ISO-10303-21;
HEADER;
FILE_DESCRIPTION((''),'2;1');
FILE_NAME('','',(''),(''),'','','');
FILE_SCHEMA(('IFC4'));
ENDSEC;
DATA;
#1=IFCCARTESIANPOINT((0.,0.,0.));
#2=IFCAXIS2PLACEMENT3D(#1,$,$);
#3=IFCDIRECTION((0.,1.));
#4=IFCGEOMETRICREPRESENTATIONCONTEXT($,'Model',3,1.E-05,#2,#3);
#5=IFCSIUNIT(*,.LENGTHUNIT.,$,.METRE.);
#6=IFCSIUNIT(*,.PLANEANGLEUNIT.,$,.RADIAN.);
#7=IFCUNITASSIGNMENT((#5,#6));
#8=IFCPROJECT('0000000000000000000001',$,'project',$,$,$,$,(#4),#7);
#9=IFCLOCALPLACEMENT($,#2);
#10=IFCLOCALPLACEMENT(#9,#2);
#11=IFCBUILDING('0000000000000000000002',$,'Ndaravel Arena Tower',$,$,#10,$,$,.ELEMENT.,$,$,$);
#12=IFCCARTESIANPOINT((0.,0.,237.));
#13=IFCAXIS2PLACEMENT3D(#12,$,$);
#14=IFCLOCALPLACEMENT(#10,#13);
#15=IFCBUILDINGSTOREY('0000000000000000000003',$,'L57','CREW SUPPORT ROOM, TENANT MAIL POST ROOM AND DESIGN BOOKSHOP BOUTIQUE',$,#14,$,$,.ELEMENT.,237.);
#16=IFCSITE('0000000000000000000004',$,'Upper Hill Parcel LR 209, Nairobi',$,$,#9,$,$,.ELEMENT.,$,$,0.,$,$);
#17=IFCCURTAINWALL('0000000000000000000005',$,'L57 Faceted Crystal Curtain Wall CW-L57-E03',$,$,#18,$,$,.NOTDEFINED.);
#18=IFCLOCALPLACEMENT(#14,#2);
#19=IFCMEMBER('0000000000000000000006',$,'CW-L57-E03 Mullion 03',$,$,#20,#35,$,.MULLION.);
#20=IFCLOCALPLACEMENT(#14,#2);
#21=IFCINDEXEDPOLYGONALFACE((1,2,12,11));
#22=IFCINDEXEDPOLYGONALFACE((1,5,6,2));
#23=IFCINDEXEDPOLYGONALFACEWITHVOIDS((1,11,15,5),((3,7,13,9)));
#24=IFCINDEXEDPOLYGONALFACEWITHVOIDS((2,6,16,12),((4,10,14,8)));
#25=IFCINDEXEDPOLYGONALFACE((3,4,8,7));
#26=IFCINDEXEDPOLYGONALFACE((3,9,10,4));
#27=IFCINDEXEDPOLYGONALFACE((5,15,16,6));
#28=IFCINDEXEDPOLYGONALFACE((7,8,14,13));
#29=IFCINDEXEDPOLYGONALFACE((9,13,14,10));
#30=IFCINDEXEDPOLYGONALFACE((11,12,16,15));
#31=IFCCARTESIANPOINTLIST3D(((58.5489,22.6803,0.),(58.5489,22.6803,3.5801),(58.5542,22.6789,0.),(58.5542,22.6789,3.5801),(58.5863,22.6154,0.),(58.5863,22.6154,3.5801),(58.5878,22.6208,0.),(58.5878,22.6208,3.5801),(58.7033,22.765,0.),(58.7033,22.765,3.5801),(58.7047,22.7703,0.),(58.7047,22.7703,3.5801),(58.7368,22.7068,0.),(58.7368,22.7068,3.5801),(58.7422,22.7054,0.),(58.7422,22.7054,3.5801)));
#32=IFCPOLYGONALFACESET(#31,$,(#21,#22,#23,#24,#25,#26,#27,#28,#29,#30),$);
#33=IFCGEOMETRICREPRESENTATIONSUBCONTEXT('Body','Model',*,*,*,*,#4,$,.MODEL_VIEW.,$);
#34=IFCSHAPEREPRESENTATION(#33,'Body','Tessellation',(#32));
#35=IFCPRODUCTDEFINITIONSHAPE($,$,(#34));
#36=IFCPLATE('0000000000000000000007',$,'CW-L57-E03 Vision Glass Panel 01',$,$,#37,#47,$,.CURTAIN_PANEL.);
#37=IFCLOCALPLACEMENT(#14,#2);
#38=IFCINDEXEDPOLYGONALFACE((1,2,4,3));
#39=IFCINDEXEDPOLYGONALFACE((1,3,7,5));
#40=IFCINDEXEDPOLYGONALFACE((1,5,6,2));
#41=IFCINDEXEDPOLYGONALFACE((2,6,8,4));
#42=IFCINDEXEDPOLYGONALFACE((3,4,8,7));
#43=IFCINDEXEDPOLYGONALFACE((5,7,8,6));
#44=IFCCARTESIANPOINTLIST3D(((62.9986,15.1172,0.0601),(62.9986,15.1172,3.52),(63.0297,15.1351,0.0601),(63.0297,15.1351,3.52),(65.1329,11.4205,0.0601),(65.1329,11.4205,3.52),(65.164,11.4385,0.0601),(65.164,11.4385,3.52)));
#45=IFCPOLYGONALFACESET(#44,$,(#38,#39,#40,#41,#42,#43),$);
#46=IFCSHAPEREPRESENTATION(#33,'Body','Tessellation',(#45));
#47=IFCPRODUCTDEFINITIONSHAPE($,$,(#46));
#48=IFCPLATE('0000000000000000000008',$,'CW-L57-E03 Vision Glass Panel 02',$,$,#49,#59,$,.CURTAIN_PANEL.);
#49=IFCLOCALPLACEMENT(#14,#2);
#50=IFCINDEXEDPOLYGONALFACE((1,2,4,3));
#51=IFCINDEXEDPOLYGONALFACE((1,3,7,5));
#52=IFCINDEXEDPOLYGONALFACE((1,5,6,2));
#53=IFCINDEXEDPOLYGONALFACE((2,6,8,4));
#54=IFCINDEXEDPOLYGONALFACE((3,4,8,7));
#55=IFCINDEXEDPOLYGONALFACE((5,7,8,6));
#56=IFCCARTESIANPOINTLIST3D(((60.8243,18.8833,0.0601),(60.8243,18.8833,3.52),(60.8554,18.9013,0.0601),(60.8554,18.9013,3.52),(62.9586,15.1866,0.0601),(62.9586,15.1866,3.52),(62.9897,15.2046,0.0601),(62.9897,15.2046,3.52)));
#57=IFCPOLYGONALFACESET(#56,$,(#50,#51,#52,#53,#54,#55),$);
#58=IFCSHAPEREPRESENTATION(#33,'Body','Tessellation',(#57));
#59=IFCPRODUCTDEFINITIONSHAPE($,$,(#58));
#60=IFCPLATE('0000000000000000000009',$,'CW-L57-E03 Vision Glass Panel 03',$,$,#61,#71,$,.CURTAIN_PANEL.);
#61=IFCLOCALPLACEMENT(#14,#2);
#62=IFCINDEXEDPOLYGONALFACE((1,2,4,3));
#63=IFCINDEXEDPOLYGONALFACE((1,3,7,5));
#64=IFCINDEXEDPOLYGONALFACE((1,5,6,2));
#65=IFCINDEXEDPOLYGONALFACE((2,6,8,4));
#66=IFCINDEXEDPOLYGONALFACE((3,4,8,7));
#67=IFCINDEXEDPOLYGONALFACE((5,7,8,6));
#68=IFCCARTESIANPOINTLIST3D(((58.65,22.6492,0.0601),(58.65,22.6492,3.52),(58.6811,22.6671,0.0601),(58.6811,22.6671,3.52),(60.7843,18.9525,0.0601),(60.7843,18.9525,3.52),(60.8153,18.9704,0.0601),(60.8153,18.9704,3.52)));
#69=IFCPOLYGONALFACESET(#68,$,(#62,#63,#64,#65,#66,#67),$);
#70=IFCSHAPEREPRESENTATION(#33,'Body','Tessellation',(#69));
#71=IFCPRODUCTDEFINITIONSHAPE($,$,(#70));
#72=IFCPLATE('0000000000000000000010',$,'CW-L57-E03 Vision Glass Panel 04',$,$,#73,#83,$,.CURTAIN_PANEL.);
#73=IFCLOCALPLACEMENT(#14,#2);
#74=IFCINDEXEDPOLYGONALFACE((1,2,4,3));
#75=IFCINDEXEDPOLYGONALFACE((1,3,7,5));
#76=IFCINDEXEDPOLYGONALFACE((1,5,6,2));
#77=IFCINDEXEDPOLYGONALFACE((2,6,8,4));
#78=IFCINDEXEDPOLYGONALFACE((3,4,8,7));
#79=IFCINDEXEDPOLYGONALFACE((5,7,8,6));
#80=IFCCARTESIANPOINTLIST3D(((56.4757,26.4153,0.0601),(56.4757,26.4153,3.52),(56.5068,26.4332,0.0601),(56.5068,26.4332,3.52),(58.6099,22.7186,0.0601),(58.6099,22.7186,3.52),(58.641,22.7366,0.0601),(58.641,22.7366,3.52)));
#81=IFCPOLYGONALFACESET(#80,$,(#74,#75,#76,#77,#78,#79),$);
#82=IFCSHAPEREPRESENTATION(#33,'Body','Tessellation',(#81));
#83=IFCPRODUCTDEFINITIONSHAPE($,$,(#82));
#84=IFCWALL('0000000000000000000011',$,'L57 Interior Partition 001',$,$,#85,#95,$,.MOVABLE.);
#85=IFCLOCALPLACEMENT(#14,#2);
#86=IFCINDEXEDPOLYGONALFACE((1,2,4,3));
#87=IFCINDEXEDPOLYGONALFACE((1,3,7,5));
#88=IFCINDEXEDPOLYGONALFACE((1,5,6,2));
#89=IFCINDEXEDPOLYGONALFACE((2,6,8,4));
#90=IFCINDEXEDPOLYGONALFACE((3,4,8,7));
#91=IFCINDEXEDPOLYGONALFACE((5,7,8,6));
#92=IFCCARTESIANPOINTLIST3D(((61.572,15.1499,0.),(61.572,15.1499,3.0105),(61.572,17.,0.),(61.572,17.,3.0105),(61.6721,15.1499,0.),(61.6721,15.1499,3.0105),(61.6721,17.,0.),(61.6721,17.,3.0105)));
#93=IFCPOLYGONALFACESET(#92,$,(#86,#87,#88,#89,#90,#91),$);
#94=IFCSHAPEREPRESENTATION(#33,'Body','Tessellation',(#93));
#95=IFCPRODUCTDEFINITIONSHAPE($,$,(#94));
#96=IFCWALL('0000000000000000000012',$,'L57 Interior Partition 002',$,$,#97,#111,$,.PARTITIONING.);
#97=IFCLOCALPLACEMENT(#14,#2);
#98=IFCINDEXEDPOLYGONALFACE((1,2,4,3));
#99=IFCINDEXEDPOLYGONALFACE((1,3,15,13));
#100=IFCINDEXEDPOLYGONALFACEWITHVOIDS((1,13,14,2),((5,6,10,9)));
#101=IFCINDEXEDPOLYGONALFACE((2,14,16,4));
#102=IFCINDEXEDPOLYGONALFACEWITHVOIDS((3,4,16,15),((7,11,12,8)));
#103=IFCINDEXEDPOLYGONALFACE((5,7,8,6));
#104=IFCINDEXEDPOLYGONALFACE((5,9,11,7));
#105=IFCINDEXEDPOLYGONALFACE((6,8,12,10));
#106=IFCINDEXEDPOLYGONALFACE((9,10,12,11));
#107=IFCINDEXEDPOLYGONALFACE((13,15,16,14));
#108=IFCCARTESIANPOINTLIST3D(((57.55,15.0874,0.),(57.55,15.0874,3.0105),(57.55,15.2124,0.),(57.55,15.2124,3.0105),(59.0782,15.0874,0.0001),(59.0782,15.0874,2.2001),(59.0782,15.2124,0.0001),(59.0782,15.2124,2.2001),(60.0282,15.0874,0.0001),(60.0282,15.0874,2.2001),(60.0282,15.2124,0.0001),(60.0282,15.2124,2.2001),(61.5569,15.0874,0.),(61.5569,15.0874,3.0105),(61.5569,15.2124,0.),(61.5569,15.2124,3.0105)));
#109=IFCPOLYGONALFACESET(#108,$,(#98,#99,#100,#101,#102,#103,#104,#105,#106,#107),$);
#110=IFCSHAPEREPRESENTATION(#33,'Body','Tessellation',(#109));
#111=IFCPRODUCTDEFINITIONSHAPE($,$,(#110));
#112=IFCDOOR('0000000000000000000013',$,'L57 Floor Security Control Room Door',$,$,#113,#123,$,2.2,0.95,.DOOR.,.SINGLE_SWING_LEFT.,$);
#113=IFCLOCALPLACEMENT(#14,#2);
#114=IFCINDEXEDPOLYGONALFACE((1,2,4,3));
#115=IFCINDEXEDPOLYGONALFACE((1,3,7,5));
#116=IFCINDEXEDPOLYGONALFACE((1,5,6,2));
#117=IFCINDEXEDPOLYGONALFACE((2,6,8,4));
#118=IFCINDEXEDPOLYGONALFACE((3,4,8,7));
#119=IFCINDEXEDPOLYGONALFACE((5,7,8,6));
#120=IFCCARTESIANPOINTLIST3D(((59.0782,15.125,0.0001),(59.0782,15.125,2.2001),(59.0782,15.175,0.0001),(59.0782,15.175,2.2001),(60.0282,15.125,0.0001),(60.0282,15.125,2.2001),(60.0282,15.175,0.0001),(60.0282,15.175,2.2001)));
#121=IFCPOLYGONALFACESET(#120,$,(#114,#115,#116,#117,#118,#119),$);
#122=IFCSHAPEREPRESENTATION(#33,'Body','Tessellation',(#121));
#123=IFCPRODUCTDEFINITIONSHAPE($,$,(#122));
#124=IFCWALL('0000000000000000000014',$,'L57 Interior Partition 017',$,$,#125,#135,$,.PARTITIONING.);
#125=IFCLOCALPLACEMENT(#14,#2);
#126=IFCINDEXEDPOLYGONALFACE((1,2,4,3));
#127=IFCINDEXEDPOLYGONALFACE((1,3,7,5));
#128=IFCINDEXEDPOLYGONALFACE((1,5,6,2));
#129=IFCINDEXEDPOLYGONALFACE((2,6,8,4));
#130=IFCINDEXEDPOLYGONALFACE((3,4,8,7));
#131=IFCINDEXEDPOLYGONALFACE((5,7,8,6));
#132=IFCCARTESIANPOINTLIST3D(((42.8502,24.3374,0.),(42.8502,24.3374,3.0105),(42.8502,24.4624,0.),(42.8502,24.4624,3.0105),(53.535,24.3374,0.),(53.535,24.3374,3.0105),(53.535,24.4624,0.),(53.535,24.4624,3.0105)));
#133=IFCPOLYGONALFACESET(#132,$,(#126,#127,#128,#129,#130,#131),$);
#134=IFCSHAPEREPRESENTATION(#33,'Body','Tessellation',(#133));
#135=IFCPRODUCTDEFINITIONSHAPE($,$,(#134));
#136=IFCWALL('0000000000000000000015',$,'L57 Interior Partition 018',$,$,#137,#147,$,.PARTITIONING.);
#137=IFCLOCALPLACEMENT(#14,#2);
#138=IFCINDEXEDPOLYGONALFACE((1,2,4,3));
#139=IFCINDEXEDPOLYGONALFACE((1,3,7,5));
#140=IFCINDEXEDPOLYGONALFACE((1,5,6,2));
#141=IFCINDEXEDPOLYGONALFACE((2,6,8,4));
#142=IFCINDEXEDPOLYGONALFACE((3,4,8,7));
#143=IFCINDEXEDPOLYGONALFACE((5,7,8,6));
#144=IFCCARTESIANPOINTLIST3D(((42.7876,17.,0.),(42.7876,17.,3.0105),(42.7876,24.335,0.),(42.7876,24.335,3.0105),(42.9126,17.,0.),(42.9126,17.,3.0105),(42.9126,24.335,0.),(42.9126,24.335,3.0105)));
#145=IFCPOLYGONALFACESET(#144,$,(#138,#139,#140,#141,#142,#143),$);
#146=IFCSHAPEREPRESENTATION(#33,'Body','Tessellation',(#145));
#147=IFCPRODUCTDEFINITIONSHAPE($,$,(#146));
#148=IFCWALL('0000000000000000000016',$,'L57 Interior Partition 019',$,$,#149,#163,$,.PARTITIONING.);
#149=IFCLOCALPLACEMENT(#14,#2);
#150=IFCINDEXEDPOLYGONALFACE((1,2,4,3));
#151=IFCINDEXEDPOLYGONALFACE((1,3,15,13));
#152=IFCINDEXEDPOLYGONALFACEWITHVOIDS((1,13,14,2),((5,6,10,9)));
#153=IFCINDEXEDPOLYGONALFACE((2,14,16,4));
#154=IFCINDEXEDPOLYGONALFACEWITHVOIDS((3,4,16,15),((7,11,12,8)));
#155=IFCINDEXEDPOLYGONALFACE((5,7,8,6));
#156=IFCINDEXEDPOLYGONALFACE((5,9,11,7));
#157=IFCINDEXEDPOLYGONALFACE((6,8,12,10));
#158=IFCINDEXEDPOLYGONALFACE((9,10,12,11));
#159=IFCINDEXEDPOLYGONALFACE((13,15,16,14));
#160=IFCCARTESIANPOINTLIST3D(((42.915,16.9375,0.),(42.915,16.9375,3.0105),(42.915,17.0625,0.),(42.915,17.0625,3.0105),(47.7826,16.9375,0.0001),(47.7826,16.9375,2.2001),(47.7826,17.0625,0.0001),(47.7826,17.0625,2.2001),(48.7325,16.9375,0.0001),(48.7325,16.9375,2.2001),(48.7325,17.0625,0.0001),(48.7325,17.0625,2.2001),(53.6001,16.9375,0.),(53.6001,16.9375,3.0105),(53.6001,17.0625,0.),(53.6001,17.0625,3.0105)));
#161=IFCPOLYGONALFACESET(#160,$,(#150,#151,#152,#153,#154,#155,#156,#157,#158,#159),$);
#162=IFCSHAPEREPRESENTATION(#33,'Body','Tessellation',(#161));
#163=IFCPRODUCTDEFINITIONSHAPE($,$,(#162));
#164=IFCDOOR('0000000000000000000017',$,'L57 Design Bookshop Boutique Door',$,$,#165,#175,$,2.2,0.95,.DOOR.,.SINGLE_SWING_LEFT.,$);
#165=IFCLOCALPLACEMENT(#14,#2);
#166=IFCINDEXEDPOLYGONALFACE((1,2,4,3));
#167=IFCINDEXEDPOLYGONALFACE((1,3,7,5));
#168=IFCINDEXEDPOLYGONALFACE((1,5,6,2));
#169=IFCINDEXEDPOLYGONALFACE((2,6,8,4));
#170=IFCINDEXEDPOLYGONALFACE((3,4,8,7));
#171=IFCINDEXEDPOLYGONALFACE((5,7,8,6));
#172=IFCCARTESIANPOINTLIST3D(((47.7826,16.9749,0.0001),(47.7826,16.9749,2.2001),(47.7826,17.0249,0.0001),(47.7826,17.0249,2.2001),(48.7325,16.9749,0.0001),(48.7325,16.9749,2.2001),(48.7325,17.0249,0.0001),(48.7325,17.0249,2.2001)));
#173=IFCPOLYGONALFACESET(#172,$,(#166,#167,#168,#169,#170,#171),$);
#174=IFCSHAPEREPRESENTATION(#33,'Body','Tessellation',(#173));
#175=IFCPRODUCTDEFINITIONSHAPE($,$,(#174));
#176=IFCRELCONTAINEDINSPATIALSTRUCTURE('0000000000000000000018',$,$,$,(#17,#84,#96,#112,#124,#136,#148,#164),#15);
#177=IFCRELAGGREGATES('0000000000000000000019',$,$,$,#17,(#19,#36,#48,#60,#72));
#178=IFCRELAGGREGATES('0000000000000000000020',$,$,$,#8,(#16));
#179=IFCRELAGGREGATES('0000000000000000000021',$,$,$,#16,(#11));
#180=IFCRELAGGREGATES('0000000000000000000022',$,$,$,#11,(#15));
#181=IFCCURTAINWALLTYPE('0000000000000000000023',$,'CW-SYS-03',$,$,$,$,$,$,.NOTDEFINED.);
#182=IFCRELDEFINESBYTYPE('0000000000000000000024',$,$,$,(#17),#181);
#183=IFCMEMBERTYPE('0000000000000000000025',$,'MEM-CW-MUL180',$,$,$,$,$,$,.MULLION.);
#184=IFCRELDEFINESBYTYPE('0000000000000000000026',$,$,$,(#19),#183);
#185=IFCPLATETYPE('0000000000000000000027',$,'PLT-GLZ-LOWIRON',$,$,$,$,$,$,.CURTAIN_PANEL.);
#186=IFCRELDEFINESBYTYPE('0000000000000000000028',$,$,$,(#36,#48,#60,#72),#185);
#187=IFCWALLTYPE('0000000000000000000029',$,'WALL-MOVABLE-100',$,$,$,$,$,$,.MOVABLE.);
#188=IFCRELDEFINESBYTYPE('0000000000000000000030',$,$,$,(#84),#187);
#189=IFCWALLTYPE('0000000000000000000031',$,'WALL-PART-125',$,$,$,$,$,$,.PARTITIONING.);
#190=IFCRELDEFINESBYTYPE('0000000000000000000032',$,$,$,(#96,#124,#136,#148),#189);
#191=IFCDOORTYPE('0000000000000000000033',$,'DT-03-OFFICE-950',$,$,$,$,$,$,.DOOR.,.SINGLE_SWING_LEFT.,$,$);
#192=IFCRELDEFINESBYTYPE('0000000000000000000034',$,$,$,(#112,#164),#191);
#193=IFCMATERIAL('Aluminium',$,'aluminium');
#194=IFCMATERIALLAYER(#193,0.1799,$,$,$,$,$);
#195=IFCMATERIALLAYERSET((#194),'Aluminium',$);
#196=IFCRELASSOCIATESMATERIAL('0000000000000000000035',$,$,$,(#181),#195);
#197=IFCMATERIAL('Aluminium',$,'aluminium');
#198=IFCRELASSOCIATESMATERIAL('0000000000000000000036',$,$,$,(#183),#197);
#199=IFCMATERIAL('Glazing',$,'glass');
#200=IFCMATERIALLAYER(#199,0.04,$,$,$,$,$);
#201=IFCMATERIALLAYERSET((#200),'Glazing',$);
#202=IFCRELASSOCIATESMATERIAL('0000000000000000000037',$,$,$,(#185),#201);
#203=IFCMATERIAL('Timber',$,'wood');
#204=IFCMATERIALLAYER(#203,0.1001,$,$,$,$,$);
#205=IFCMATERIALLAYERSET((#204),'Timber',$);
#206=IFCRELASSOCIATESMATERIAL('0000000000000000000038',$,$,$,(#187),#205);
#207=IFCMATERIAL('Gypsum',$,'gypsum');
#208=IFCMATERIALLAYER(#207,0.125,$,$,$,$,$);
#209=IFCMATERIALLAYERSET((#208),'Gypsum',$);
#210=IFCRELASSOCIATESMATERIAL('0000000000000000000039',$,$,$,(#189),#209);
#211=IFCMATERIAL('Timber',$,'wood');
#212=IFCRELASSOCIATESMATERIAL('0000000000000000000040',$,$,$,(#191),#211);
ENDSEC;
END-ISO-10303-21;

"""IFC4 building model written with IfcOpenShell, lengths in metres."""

from ifc_helpers import new_model, si_unit, direction, frame, frame_2d, origin, origin_2d, place, context, subcontext, project, spatial, rectangle, hollow_rectangle, extrude, material, layer, layer_set, material_profile, profile_set, type_object, element, fill, aggregate, save


model = new_model("IFC4")

# Units and contexts
model_context = context("Model", 3, precision=1e-05, world=origin(), true_north=direction((0.0, 1.0)))
body_context = subcontext(model_context, "Body", "Model", "MODEL_VIEW")
ifc_project = project(units=[si_unit("LENGTHUNIT", "METRE"), si_unit("PLANEANGLEUNIT", "RADIAN")], contexts=[model_context])

# Site, building, storey
site_placement = place(None, origin())
site = spatial("IfcSite", under=ifc_project, at=site_placement, Name="Upper Hill Parcel LR 209, Nairobi", CompositionType="ELEMENT", RefElevation=0.0)
building_placement = place(site_placement, origin())
building = spatial("IfcBuilding", under=site, at=building_placement, Name="Ndaravel Arena Tower", CompositionType="ELEMENT")
storey_placement = place(building_placement, frame((0.0, 0.0, 237.0)))
storey = spatial("IfcBuildingStorey", under=building, at=storey_placement, Name="L57", Description="CREW SUPPORT ROOM, TENANT MAIL POST ROOM AND DESIGN BOOKSHOP BOUTIQUE", CompositionType="ELEMENT", Elevation=237.0)

# Curtain wall, member, plates
ifc_material_1 = material(Name="Aluminium", Category="aluminium")
ifc_layer_1 = layer(ifc_material_1, 0.1799)
ifc_layer_set_1 = layer_set([ifc_layer_1], Name="Aluminium")
curtain_wall_type = type_object("IfcCurtainWallType", Name="CW-SYS-03", PredefinedType="NOTDEFINED", material=ifc_layer_set_1)
curtain_wall_placement = place(storey_placement, origin())
curtain_wall = element("IfcCurtainWall", 1, at=curtain_wall_placement, inside=storey, type_object=curtain_wall_type, Name="L57 Faceted Crystal Curtain Wall CW-L57-E03", PredefinedType="NOTDEFINED")
ifc_material_2 = material(Name="Aluminium", Category="aluminium")
ifc_material_profile_1 = material_profile(ifc_material_2, hollow_rectangle(XDim=0.075, YDim=0.1799, WallThickness=0.0039, at=origin_2d()), Name="CW MULLION 75x180x4")
ifc_profile_set_1 = profile_set([ifc_material_profile_1], Name="Aluminium")
member_type = type_object("IfcMemberType", Name="MEM-CW-MUL180", PredefinedType="MULLION", material=ifc_profile_set_1)
member_1_placement = place(storey_placement, frame((58.6455, 22.6929, 0.0), z_axis=(0.0, 0.0, 1.0), x_axis=(-0.5, 0.866025, 0.0)))
member_1 = element("IfcMember", 2, at=member_1_placement, type_object=member_type, Name="CW-L57-E03 Mullion 03", PredefinedType="MULLION", context=body_context, shape_type="SweptSolid", body=[
    extrude(hollow_rectangle(XDim=0.075, YDim=0.1799, WallThickness=0.0039, at=origin_2d()), origin(), (0.0, 0.0, 1.0), 3.5801),
])
ifc_material_3 = material(Name="Glazing", Category="glass")
ifc_layer_2 = layer(ifc_material_3, 0.04)
ifc_layer_set_2 = layer_set([ifc_layer_2], Name="Glazing")
plate_type = type_object("IfcPlateType", Name="PLT-GLZ-LOWIRON", PredefinedType="CURTAIN_PANEL", material=ifc_layer_set_2)
plate_1_placement = place(storey_placement, frame((64.0813, 13.2778, 0.0601), z_axis=(0.0, 0.0, 1.0), x_axis=(-0.5, 0.866025, 0.0)))
plate_1 = element("IfcPlate", 3, at=plate_1_placement, type_object=plate_type, Name="CW-L57-E03 Vision Glass Panel 01", PredefinedType="CURTAIN_PANEL", context=body_context, shape_type="SweptSolid", body=[
    extrude(rectangle(XDim=4.2686, YDim=0.0359, at=origin_2d()), origin(), (0.0, 0.0, 1.0), 3.46),
])
plate_2_placement = place(storey_placement, frame((61.907, 17.0439, 0.0601), z_axis=(0.0, 0.0, 1.0), x_axis=(-0.5, 0.866025, 0.0)))
plate_2 = element("IfcPlate", 4, at=plate_2_placement, type_object=plate_type, Name="CW-L57-E03 Vision Glass Panel 02", PredefinedType="CURTAIN_PANEL", context=body_context, shape_type="SweptSolid", body=[
    extrude(rectangle(XDim=4.2686, YDim=0.0359, at=origin_2d()), origin(), (0.0, 0.0, 1.0), 3.46),
])
plate_3_placement = place(storey_placement, frame((59.7327, 20.8098, 0.0601), z_axis=(0.0, 0.0, 1.0), x_axis=(-0.5, 0.866025, 0.0)))
plate_3 = element("IfcPlate", 5, at=plate_3_placement, type_object=plate_type, Name="CW-L57-E03 Vision Glass Panel 03", PredefinedType="CURTAIN_PANEL", context=body_context, shape_type="SweptSolid", body=[
    extrude(rectangle(XDim=4.2686, YDim=0.0359, at=origin_2d()), origin(), (0.0, 0.0, 1.0), 3.46),
])
plate_4_placement = place(storey_placement, frame((57.5583, 24.5759, 0.0601), z_axis=(0.0, 0.0, 1.0), x_axis=(-0.5, 0.866025, 0.0)))
plate_4 = element("IfcPlate", 6, at=plate_4_placement, type_object=plate_type, Name="CW-L57-E03 Vision Glass Panel 04", PredefinedType="CURTAIN_PANEL", context=body_context, shape_type="SweptSolid", body=[
    extrude(rectangle(XDim=4.2686, YDim=0.0359, at=origin_2d()), origin(), (0.0, 0.0, 1.0), 3.46),
])
aggregate(curtain_wall, [member_1, plate_1, plate_2, plate_3, plate_4])

# Wall
ifc_material_4 = material(Name="Timber", Category="wood")
ifc_layer_3 = layer(ifc_material_4, 0.1001)
ifc_layer_set_3 = layer_set([ifc_layer_3], Name="Timber")
wall_type_1 = type_object("IfcWallType", Name="WALL-MOVABLE-100", PredefinedType="MOVABLE", material=ifc_layer_set_3)
wall_1_placement = place(storey_placement, frame((61.6221, 17.0, 0.0), z_axis=(0.0, 0.0, 1.0), x_axis=(0.0, -1.0, 0.0)))
element("IfcWall", 7, at=wall_1_placement, inside=storey, type_object=wall_type_1, Name="L57 Interior Partition 001", PredefinedType="MOVABLE", context=body_context, shape_type="SweptSolid", body=[
    extrude(rectangle(XDim=1.8501, YDim=0.1001, at=frame_2d((0.925, 0.0))), origin(), (0.0, 0.0, 1.0), 3.0105),
])

# Wall, opening, door
ifc_material_5 = material(Name="Gypsum", Category="gypsum")
ifc_layer_4 = layer(ifc_material_5, 0.125)
ifc_layer_set_4 = layer_set([ifc_layer_4], Name="Gypsum")
wall_type_2 = type_object("IfcWallType", Name="WALL-PART-125", PredefinedType="PARTITIONING", material=ifc_layer_set_4)
wall_2_placement = place(storey_placement, frame((61.5569, 15.1499, 0.0), z_axis=(0.0, 0.0, 1.0), x_axis=(-1.0, 0.0, 0.0)))
wall_2 = element("IfcWall", 8, at=wall_2_placement, inside=storey, type_object=wall_type_2, Name="L57 Interior Partition 002", PredefinedType="PARTITIONING", context=body_context, shape_type="SweptSolid", body=[
    extrude(rectangle(XDim=4.0068, YDim=0.125, at=frame_2d((2.0034, 0.0))), origin(), (0.0, 0.0, 1.0), 3.0105),
])
opening_1_placement = place(wall_2_placement, frame((1.5286, 0.0, 0.0)))
opening_1 = element("IfcOpeningElement", 9, at=opening_1_placement, cuts=wall_2, PredefinedType="OPENING", context=body_context, shape_type="SweptSolid", body=[
    extrude(rectangle(XDim=0.95, YDim=2.2, at=frame_2d((0.4751, 1.1001))), frame((0.0, 0.0625, 0.0), z_axis=(0.0, -1.0, 0.0), x_axis=(1.0, 0.0, 0.0)), (0.0, 0.0, 1.0), 0.125),
])
ifc_material_6 = material(Name="Timber", Category="wood")
door_type = type_object("IfcDoorType", Name="DT-03-OFFICE-950", OperationType="SINGLE_SWING_LEFT", PredefinedType="DOOR", material=ifc_material_6)
door_1_placement = place(opening_1_placement, origin())
door_1 = element("IfcDoor", 10, at=door_1_placement, inside=storey, type_object=door_type, Name="L57 Floor Security Control Room Door", OperationType="SINGLE_SWING_LEFT", OverallHeight=2.2, OverallWidth=0.95, PredefinedType="DOOR", context=body_context, shape_type="SweptSolid", body=[
    extrude(rectangle(XDim=0.95, YDim=2.2, at=frame_2d((0.4751, 1.1001))), frame((0.0, 0.0249, 0.0), z_axis=(0.0, -1.0, 0.0), x_axis=(1.0, 0.0, 0.0)), (0.0, 0.0, 1.0), 0.05),
])
fill(opening_1, door_1)

# Walls
wall_3_placement = place(storey_placement, frame((53.5349, 24.3999, 0.0), z_axis=(0.0, 0.0, 1.0), x_axis=(-1.0, 0.0, 0.0)))
element("IfcWall", 11, at=wall_3_placement, inside=storey, type_object=wall_type_2, Name="L57 Interior Partition 017", PredefinedType="PARTITIONING", context=body_context, shape_type="SweptSolid", body=[
    extrude(rectangle(XDim=10.6848, YDim=0.125, at=frame_2d((5.3423, 0.0))), origin(), (0.0, 0.0, 1.0), 3.0105),
])
wall_4_placement = place(storey_placement, frame((42.8501, 24.335, 0.0), z_axis=(0.0, 0.0, 1.0), x_axis=(0.0, -1.0, 0.0)))
element("IfcWall", 12, at=wall_4_placement, inside=storey, type_object=wall_type_2, Name="L57 Interior Partition 018", PredefinedType="PARTITIONING", context=body_context, shape_type="SweptSolid", body=[
    extrude(rectangle(XDim=7.335, YDim=0.125, at=frame_2d((3.6675, 0.0))), origin(), (0.0, 0.0, 1.0), 3.0105),
])

# Wall, opening, door
wall_5_placement = place(storey_placement, frame((42.915, 17.0, 0.0), z_axis=(0.0, 0.0, 1.0), x_axis=(1.0, 0.0, 0.0)))
wall_5 = element("IfcWall", 13, at=wall_5_placement, inside=storey, type_object=wall_type_2, Name="L57 Interior Partition 019", PredefinedType="PARTITIONING", context=body_context, shape_type="SweptSolid", body=[
    extrude(rectangle(XDim=10.6851, YDim=0.125, at=frame_2d((5.3425, 0.0))), origin(), (0.0, 0.0, 1.0), 3.0105),
])
opening_2_placement = place(wall_5_placement, frame((4.8674, 0.0, 0.0)))
opening_2 = element("IfcOpeningElement", 14, at=opening_2_placement, cuts=wall_5, PredefinedType="OPENING", context=body_context, shape_type="SweptSolid", body=[
    extrude(rectangle(XDim=0.95, YDim=2.2, at=frame_2d((0.4751, 1.1001))), frame((0.0, 0.0625, 0.0), z_axis=(0.0, -1.0, 0.0), x_axis=(1.0, 0.0, 0.0)), (0.0, 0.0, 1.0), 0.125),
])
door_2_placement = place(opening_2_placement, origin())
door_2 = element("IfcDoor", 15, at=door_2_placement, inside=storey, type_object=door_type, Name="L57 Design Bookshop Boutique Door", OperationType="SINGLE_SWING_LEFT", OverallHeight=2.2, OverallWidth=0.95, PredefinedType="DOOR", context=body_context, shape_type="SweptSolid", body=[
    extrude(rectangle(XDim=0.95, YDim=2.2, at=frame_2d((0.4751, 1.1001))), frame((0.0, 0.0249, 0.0), z_axis=(0.0, -1.0, 0.0), x_axis=(1.0, 0.0, 0.0)), (0.0, 0.0, 1.0), 0.05),
])
fill(opening_2, door_2)

save(model, "model.ifc")
